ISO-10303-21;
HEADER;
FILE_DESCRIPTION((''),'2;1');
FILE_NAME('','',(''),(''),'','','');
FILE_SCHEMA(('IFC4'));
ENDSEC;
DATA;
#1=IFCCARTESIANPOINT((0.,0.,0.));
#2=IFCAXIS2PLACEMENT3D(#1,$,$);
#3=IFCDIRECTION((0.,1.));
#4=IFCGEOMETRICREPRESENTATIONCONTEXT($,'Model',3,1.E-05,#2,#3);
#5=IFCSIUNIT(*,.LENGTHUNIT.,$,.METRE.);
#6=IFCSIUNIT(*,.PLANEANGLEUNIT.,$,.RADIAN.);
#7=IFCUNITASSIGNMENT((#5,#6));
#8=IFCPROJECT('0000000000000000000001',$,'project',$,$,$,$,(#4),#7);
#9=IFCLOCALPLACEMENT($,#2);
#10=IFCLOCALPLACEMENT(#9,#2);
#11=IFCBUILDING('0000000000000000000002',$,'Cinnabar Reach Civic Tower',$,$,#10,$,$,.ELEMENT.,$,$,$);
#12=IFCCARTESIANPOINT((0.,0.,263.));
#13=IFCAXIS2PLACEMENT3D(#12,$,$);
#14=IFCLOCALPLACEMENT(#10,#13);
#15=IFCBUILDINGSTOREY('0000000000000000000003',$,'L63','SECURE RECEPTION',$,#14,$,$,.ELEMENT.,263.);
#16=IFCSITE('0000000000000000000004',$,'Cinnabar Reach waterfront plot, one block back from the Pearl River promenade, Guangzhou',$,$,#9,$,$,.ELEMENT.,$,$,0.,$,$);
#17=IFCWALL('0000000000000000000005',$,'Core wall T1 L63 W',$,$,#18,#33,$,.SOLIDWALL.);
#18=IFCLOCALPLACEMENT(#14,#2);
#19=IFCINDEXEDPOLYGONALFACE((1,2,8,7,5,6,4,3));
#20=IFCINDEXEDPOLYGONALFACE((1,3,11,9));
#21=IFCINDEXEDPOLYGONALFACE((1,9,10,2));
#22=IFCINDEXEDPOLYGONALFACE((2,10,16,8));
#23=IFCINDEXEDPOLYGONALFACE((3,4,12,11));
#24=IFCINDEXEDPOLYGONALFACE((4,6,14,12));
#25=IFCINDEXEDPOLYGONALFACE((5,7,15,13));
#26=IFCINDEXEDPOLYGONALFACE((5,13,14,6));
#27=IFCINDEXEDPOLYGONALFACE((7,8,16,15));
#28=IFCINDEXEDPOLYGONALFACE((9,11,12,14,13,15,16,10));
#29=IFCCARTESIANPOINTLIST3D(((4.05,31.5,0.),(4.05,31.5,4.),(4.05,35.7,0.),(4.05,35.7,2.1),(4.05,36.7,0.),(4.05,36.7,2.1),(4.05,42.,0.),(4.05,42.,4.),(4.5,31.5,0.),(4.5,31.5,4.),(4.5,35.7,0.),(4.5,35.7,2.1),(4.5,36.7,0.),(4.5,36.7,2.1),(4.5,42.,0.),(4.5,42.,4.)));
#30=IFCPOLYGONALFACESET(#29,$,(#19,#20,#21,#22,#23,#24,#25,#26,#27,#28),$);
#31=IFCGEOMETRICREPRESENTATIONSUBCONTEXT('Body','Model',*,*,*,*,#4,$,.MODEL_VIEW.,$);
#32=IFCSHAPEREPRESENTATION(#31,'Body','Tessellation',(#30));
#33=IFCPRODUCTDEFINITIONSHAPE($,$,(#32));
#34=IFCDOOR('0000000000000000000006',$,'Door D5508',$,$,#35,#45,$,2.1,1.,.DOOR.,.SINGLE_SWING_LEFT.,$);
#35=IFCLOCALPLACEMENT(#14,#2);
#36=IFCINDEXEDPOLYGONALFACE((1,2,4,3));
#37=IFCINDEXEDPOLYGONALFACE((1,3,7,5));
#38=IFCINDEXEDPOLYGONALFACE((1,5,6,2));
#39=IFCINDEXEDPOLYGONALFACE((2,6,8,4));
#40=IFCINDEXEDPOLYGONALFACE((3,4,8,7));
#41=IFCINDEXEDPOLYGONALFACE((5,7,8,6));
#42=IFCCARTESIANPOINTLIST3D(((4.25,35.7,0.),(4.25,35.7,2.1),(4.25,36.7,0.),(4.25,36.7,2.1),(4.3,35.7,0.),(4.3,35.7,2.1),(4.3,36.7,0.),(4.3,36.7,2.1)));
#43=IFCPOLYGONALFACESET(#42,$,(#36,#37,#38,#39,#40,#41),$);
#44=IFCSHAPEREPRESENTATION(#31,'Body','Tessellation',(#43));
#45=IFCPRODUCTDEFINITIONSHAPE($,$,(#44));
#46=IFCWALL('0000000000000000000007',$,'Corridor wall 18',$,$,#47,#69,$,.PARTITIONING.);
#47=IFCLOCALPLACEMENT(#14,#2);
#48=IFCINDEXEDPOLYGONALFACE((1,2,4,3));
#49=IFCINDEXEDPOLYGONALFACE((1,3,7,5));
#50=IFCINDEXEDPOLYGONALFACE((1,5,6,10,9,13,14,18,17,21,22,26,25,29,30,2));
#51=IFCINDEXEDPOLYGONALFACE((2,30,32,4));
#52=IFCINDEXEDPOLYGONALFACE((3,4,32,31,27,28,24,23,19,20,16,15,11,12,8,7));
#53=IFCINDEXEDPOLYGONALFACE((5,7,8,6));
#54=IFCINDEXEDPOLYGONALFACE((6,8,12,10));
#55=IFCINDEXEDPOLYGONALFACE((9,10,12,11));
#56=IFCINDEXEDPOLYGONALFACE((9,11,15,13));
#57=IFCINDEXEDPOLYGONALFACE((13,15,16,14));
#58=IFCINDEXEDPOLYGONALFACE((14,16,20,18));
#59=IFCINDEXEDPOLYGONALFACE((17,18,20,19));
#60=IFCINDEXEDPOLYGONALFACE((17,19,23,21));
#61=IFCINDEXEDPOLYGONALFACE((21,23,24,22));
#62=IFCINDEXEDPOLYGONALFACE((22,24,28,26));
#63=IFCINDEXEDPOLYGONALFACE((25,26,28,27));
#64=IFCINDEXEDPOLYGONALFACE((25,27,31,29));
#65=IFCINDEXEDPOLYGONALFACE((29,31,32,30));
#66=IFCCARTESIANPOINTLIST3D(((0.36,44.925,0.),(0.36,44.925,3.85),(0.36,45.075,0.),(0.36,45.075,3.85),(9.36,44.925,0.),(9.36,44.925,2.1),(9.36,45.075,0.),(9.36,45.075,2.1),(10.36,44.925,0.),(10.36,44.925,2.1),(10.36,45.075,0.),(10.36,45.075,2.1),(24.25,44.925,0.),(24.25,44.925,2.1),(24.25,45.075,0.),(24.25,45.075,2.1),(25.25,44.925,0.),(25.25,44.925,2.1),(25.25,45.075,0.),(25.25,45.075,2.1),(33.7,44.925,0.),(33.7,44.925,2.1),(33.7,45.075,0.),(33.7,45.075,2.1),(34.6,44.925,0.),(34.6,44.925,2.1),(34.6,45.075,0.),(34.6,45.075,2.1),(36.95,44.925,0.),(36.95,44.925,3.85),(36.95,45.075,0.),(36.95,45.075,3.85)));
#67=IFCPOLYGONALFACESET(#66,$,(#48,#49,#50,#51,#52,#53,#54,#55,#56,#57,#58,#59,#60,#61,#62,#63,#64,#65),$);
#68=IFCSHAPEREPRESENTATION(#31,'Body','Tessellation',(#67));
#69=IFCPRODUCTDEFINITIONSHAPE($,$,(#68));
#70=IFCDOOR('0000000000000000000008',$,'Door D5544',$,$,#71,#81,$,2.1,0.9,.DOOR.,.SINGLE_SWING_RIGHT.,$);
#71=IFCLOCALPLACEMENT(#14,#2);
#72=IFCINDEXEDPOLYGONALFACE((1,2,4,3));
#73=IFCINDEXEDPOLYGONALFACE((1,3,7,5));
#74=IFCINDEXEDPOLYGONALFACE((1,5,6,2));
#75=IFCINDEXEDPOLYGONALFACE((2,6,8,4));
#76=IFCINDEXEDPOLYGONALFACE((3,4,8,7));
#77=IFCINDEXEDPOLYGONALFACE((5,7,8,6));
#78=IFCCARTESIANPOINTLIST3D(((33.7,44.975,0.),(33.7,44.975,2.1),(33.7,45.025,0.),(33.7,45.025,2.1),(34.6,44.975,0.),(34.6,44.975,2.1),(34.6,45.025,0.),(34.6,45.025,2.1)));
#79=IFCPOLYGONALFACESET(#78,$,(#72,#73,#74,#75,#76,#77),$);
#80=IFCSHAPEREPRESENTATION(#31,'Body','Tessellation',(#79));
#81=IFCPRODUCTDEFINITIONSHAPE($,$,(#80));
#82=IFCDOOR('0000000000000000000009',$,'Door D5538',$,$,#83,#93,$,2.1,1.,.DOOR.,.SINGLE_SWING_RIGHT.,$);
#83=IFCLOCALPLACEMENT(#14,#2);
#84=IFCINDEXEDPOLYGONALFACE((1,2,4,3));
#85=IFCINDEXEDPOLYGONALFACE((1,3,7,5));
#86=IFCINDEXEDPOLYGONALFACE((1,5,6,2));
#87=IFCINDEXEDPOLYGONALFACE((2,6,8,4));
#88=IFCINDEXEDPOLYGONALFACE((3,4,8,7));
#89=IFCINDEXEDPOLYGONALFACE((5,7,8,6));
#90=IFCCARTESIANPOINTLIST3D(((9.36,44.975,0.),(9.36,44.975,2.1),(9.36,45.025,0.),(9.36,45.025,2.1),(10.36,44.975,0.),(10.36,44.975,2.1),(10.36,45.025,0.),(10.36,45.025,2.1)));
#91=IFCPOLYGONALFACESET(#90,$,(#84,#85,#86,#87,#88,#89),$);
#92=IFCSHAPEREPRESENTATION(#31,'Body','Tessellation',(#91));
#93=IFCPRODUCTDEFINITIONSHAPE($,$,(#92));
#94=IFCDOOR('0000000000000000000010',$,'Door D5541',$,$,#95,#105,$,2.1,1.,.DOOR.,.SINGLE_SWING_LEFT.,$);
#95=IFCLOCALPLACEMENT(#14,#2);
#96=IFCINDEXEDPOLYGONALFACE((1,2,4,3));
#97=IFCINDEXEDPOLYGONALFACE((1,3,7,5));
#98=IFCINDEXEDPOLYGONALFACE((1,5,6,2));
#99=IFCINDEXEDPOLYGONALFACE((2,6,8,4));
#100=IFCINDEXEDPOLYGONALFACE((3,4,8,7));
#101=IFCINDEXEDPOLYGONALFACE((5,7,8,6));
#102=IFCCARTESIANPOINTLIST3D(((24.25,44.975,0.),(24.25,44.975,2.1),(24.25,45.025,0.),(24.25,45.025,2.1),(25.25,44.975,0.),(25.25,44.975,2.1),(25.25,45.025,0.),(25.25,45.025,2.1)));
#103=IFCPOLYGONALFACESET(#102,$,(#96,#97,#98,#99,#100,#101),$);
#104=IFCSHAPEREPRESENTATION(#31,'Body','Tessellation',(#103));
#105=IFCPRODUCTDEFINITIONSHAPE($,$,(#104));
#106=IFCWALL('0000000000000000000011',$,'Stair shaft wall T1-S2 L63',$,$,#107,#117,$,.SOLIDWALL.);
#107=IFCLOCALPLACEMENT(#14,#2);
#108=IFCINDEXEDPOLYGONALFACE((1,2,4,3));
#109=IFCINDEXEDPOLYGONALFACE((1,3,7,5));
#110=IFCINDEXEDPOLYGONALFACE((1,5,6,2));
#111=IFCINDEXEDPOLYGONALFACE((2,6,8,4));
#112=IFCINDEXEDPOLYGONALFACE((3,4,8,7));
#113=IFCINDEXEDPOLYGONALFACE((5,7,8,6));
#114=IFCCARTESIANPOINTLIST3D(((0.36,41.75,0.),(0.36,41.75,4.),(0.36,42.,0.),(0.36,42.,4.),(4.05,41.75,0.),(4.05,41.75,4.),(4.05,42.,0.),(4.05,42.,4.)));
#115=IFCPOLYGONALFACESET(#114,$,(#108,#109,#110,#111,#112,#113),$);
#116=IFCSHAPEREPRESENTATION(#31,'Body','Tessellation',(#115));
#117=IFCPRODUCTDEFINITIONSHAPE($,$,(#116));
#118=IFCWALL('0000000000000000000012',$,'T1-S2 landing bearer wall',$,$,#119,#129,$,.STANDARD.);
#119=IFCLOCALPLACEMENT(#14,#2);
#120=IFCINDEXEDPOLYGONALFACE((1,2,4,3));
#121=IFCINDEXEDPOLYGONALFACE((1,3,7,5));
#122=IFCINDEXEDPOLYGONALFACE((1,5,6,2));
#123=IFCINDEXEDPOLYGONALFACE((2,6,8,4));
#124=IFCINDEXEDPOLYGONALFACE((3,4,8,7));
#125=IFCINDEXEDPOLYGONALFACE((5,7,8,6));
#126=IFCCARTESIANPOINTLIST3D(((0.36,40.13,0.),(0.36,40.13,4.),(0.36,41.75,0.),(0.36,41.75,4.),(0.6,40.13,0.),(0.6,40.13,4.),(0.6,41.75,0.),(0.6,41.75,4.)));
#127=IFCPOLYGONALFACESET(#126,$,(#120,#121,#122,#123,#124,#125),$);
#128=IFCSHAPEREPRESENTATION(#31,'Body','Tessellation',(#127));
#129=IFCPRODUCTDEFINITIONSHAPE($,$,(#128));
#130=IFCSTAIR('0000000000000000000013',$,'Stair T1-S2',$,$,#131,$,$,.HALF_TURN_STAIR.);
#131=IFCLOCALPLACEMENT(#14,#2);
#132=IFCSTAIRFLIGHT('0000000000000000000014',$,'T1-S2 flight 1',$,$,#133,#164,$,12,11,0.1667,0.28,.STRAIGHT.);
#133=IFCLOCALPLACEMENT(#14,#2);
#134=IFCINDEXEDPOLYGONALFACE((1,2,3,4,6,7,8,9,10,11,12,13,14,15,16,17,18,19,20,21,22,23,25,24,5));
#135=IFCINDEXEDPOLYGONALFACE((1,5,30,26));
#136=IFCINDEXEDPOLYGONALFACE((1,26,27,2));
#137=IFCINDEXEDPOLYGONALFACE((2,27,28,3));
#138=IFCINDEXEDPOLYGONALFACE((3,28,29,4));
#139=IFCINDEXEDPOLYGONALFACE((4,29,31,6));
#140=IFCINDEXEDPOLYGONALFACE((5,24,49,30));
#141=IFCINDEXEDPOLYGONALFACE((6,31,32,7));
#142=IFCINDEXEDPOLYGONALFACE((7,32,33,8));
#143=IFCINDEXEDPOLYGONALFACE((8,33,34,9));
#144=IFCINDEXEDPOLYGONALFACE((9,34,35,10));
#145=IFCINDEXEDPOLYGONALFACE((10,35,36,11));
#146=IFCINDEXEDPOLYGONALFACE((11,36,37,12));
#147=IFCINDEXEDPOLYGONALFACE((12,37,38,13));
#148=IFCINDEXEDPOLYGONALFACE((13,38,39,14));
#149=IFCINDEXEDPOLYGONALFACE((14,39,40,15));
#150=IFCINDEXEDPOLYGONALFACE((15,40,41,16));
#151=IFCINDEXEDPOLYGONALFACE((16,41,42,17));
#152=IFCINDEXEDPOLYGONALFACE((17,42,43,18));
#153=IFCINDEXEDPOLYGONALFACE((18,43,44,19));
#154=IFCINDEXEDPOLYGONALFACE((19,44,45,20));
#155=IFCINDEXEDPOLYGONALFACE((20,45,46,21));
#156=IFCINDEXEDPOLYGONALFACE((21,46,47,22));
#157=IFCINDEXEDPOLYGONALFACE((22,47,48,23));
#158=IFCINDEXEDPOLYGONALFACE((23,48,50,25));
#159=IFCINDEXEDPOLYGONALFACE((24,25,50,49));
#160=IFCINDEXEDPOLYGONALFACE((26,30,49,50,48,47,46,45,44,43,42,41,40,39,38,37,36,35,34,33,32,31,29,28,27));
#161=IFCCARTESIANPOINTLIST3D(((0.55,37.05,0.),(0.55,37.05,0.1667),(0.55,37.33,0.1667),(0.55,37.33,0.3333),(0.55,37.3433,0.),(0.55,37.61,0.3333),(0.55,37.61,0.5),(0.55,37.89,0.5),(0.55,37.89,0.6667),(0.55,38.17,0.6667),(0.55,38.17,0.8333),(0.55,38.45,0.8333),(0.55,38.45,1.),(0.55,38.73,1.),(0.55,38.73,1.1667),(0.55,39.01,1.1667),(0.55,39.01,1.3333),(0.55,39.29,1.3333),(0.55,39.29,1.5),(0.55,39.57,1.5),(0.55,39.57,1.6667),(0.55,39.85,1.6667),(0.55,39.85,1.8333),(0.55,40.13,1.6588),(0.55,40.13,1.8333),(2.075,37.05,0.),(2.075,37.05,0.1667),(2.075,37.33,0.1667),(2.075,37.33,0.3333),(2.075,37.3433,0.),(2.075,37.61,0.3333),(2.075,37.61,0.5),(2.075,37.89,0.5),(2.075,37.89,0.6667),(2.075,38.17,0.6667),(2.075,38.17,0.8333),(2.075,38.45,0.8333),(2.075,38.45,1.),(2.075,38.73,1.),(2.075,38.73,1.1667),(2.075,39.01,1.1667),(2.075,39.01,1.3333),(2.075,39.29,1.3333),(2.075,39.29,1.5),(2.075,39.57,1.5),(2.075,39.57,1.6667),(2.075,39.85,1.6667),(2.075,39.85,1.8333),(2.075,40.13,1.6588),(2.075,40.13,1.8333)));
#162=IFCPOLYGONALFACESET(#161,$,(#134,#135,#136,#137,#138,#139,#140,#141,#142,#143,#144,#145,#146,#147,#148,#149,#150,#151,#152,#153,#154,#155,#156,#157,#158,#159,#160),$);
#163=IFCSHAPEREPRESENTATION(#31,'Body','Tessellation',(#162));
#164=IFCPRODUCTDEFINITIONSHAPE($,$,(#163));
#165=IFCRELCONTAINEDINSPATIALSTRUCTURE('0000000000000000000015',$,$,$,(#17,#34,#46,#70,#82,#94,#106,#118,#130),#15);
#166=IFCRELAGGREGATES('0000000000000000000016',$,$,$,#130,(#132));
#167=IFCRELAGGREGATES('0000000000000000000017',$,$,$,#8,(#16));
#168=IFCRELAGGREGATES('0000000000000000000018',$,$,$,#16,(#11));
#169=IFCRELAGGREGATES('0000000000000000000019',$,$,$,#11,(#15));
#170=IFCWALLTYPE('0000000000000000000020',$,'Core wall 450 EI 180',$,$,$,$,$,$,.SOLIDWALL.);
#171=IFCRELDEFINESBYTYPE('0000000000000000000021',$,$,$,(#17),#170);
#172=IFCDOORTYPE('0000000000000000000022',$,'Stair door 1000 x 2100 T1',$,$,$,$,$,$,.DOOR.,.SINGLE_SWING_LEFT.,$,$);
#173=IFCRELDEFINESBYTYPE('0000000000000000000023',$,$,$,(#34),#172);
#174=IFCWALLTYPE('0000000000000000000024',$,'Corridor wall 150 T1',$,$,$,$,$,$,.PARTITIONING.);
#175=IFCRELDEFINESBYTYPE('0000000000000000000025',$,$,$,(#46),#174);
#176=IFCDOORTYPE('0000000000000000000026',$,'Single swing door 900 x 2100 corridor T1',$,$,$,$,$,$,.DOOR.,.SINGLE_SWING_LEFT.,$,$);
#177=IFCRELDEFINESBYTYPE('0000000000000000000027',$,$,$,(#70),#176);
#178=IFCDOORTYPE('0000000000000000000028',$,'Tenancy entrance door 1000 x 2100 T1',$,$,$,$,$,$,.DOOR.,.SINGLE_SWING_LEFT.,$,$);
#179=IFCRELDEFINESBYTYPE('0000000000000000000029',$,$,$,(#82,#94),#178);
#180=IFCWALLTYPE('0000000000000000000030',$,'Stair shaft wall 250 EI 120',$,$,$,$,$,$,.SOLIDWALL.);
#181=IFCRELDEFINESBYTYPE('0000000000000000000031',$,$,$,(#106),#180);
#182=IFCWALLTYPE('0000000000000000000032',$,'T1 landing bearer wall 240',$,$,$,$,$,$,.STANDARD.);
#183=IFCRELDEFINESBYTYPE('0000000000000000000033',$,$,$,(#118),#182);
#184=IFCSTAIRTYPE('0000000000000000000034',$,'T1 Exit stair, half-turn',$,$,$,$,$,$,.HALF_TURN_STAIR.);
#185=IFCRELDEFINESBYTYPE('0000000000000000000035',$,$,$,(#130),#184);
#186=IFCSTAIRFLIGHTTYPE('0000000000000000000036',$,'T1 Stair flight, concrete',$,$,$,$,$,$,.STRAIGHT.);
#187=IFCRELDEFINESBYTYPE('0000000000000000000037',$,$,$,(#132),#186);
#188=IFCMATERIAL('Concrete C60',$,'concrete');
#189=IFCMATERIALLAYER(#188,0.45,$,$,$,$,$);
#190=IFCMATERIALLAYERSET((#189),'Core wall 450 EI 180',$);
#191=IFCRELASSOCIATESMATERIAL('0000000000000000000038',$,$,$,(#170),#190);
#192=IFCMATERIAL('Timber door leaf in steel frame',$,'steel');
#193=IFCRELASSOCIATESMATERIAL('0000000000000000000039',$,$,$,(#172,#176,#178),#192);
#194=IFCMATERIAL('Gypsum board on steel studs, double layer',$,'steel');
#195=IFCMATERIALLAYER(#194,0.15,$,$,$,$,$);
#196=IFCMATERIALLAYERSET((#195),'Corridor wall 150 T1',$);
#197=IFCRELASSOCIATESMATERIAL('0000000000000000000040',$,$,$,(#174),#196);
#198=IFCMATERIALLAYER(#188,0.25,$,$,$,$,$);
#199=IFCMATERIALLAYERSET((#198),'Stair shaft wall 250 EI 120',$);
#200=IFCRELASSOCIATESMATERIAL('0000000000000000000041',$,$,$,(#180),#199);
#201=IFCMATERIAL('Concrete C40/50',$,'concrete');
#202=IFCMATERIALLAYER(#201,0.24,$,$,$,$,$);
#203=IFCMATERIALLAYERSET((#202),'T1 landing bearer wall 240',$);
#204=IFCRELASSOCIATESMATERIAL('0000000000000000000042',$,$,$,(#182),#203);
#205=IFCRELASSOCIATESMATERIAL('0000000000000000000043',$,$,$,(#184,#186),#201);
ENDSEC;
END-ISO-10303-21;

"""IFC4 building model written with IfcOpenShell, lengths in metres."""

from ifc_helpers import new_model, si_unit, direction, frame, frame_2d, origin, place, context, subcontext, project, spatial, polyline, rectangle, outline, extrude, material, layer, layer_set, type_object, element, fill, aggregate, save


model = new_model("IFC4")

# Units and contexts
model_context = context("Model", 3, precision=1e-05, world=origin(), true_north=direction((0.0, 1.0)))
body_context = subcontext(model_context, "Body", "Model", "MODEL_VIEW")
ifc_project = project(units=[si_unit("LENGTHUNIT", "METRE"), si_unit("PLANEANGLEUNIT", "RADIAN")], contexts=[model_context])

# Site, building, storey
site_placement = place(None, origin())
site = spatial("IfcSite", under=ifc_project, at=site_placement, Name="Cinnabar Reach waterfront plot, one block back from the Pearl River promenade, Guangzhou", CompositionType="ELEMENT", RefElevation=0.0)
building_placement = place(site_placement, origin())
building = spatial("IfcBuilding", under=site, at=building_placement, Name="Cinnabar Reach Civic Tower", CompositionType="ELEMENT")
storey_placement = place(building_placement, frame((0.0, 0.0, 263.0)))
storey = spatial("IfcBuildingStorey", under=building, at=storey_placement, Name="L63", Description="SECURE RECEPTION", CompositionType="ELEMENT", Elevation=263.0)

# Shared definitions
ifc_material_1 = material(Name="Concrete C60", Category="concrete")

# Wall, opening, door
ifc_layer_1 = layer(ifc_material_1, 0.45)
ifc_layer_set_1 = layer_set([ifc_layer_1], Name="Core wall 450 EI 180")
wall_type_1 = type_object("IfcWallType", Name="Core wall 450 EI 180", PredefinedType="SOLIDWALL", material=ifc_layer_set_1)
wall_1_placement = place(storey_placement, frame((4.275, 42.0, 0.0), z_axis=(0.0, 0.0, 1.0), x_axis=(0.0, -1.0, 0.0)))
wall_1 = element("IfcWall", 1, at=wall_1_placement, inside=storey, type_object=wall_type_1, Name="Core wall T1 L63 W", PredefinedType="SOLIDWALL", context=body_context, shape_type="SweptSolid", body=[
    extrude(rectangle(XDim=10.5, YDim=0.45, at=frame_2d((5.25, 0.0))), origin(), (0.0, 0.0, 1.0), 4.0),
])
opening_1_placement = place(wall_1_placement, frame((5.3, 0.0, 0.0)))
opening_1 = element("IfcOpeningElement", 2, at=opening_1_placement, cuts=wall_1, PredefinedType="OPENING", context=body_context, shape_type="SweptSolid", body=[
    extrude(rectangle(XDim=1.0, YDim=2.1, at=frame_2d((0.5, 1.05))), frame((0.0, 0.235, 0.0), z_axis=(0.0, -1.0, 0.0), x_axis=(1.0, 0.0, 0.0)), (0.0, 0.0, 1.0), 0.47),
])
ifc_material_2 = material(Name="Timber door leaf in steel frame", Category="steel")
door_type_1 = type_object("IfcDoorType", Name="Stair door 1000 x 2100 T1", OperationType="SINGLE_SWING_LEFT", PredefinedType="DOOR", material=ifc_material_2)
door_1_placement = place(opening_1_placement, frame((1.0, 0.0, 0.0), z_axis=(0.0, 0.0, 1.0), x_axis=(-1.0, 0.0, 0.0)))
door_1 = element("IfcDoor", 3, at=door_1_placement, inside=storey, type_object=door_type_1, Name="Door D5508", OperationType="SINGLE_SWING_LEFT", OverallHeight=2.1, OverallWidth=1.0, PredefinedType="DOOR", context=body_context, shape_type="SweptSolid", body=[
    extrude(rectangle(XDim=1.0, YDim=2.1, at=frame_2d((0.5, 1.05))), frame((0.0, 0.025, 0.0), z_axis=(0.0, -1.0, 0.0), x_axis=(1.0, 0.0, 0.0)), (0.0, 0.0, 1.0), 0.05),
])
fill(opening_1, door_1)

# Wall, openings, doors
ifc_material_3 = material(Name="Gypsum board on steel studs, double layer", Category="steel")
ifc_layer_2 = layer(ifc_material_3, 0.15)
ifc_layer_set_2 = layer_set([ifc_layer_2], Name="Corridor wall 150 T1")
wall_type_2 = type_object("IfcWallType", Name="Corridor wall 150 T1", PredefinedType="PARTITIONING", material=ifc_layer_set_2)
wall_2_placement = place(storey_placement, frame((0.36, 45.0, 0.0), z_axis=(0.0, 0.0, 1.0), x_axis=(1.0, 0.0, 0.0)))
wall_2 = element("IfcWall", 4, at=wall_2_placement, inside=storey, type_object=wall_type_2, Name="Corridor wall 18", PredefinedType="PARTITIONING", context=body_context, shape_type="SweptSolid", body=[
    extrude(rectangle(XDim=36.59, YDim=0.15, at=frame_2d((18.295, 0.0))), origin(), (0.0, 0.0, 1.0), 3.85),
])
opening_2_placement = place(wall_2_placement, frame((9.0, 0.0, 0.0)))
opening_2 = element("IfcOpeningElement", 5, at=opening_2_placement, cuts=wall_2, PredefinedType="OPENING", context=body_context, shape_type="SweptSolid", body=[
    extrude(rectangle(XDim=1.0, YDim=2.1, at=frame_2d((0.5, 1.05))), frame((0.0, 0.085, 0.0), z_axis=(0.0, -1.0, 0.0), x_axis=(1.0, 0.0, 0.0)), (0.0, 0.0, 1.0), 0.17),
])
opening_3_placement = place(wall_2_placement, frame((23.89, 0.0, 0.0)))
opening_3 = element("IfcOpeningElement", 6, at=opening_3_placement, cuts=wall_2, PredefinedType="OPENING", context=body_context, shape_type="SweptSolid", body=[
    extrude(rectangle(XDim=1.0, YDim=2.1, at=frame_2d((0.5, 1.05))), frame((0.0, 0.085, 0.0), z_axis=(0.0, -1.0, 0.0), x_axis=(1.0, 0.0, 0.0)), (0.0, 0.0, 1.0), 0.17),
])
opening_4_placement = place(wall_2_placement, frame((33.34, 0.0, 0.0)))
opening_4 = element("IfcOpeningElement", 7, at=opening_4_placement, cuts=wall_2, PredefinedType="OPENING", context=body_context, shape_type="SweptSolid", body=[
    extrude(rectangle(XDim=0.9, YDim=2.1, at=frame_2d((0.45, 1.05))), frame((0.0, 0.085, 0.0), z_axis=(0.0, -1.0, 0.0), x_axis=(1.0, 0.0, 0.0)), (0.0, 0.0, 1.0), 0.17),
])
door_type_2 = type_object("IfcDoorType", Name="Single swing door 900 x 2100 corridor T1", OperationType="SINGLE_SWING_LEFT", PredefinedType="DOOR", material=ifc_material_2)
door_2_placement = place(opening_4_placement, origin())
door_2 = element("IfcDoor", 8, at=door_2_placement, inside=storey, type_object=door_type_2, Name="Door D5544", OperationType="SINGLE_SWING_RIGHT", OverallHeight=2.1, OverallWidth=0.9, PredefinedType="DOOR", context=body_context, shape_type="SweptSolid", body=[
    extrude(rectangle(XDim=0.9, YDim=2.1, at=frame_2d((0.45, 1.05))), frame((0.0, 0.025, 0.0), z_axis=(0.0, -1.0, 0.0), x_axis=(1.0, 0.0, 0.0)), (0.0, 0.0, 1.0), 0.05),
])
fill(opening_4, door_2)
door_type_3 = type_object("IfcDoorType", Name="Tenancy entrance door 1000 x 2100 T1", OperationType="SINGLE_SWING_LEFT", PredefinedType="DOOR", material=ifc_material_2)
door_3_placement = place(opening_2_placement, origin())
door_3 = element("IfcDoor", 9, at=door_3_placement, inside=storey, type_object=door_type_3, Name="Door D5538", OperationType="SINGLE_SWING_RIGHT", OverallHeight=2.1, OverallWidth=1.0, PredefinedType="DOOR", context=body_context, shape_type="SweptSolid", body=[
    extrude(rectangle(XDim=1.0, YDim=2.1, at=frame_2d((0.5, 1.05))), frame((0.0, 0.025, 0.0), z_axis=(0.0, -1.0, 0.0), x_axis=(1.0, 0.0, 0.0)), (0.0, 0.0, 1.0), 0.05),
])
fill(opening_2, door_3)
door_4_placement = place(opening_3_placement, origin())
door_4 = element("IfcDoor", 10, at=door_4_placement, inside=storey, type_object=door_type_3, Name="Door D5541", OperationType="SINGLE_SWING_LEFT", OverallHeight=2.1, OverallWidth=1.0, PredefinedType="DOOR", context=body_context, shape_type="SweptSolid", body=[
    extrude(rectangle(XDim=1.0, YDim=2.1, at=frame_2d((0.5, 1.05))), frame((0.0, 0.025, 0.0), z_axis=(0.0, -1.0, 0.0), x_axis=(1.0, 0.0, 0.0)), (0.0, 0.0, 1.0), 0.05),
])
fill(opening_3, door_4)

# Walls
ifc_layer_3 = layer(ifc_material_1, 0.25)
ifc_layer_set_3 = layer_set([ifc_layer_3], Name="Stair shaft wall 250 EI 120")
wall_type_3 = type_object("IfcWallType", Name="Stair shaft wall 250 EI 120", PredefinedType="SOLIDWALL", material=ifc_layer_set_3)
wall_3_placement = place(storey_placement, frame((4.05, 41.875, 0.0), z_axis=(0.0, 0.0, 1.0), x_axis=(-1.0, 0.0, 0.0)))
element("IfcWall", 11, at=wall_3_placement, inside=storey, type_object=wall_type_3, Name="Stair shaft wall T1-S2 L63", PredefinedType="SOLIDWALL", context=body_context, shape_type="SweptSolid", body=[
    extrude(rectangle(XDim=3.69, YDim=0.25, at=frame_2d((1.845, 0.0))), origin(), (0.0, 0.0, 1.0), 4.0),
])
ifc_material_4 = material(Name="Concrete C40/50", Category="concrete")
ifc_layer_4 = layer(ifc_material_4, 0.24)
ifc_layer_set_4 = layer_set([ifc_layer_4], Name="T1 landing bearer wall 240")
wall_type_4 = type_object("IfcWallType", Name="T1 landing bearer wall 240", PredefinedType="STANDARD", material=ifc_layer_set_4)
wall_4_placement = place(storey_placement, frame((0.48, 40.13, 0.0), z_axis=(0.0, 0.0, 1.0), x_axis=(0.0, 1.0, 0.0)))
element("IfcWall", 12, at=wall_4_placement, inside=storey, type_object=wall_type_4, Name="T1-S2 landing bearer wall", PredefinedType="STANDARD", context=body_context, shape_type="SweptSolid", body=[
    extrude(rectangle(XDim=1.62, YDim=0.24, at=frame_2d((0.81, 0.0))), origin(), (0.0, 0.0, 1.0), 4.0),
])

# Stair, stair flight
stair_type = type_object("IfcStairType", Name="T1 Exit stair, half-turn", PredefinedType="HALF_TURN_STAIR", material=ifc_material_4)
stair_placement = place(storey_placement, origin())
stair = element("IfcStair", 13, at=stair_placement, inside=storey, type_object=stair_type, Name="Stair T1-S2", PredefinedType="HALF_TURN_STAIR")
stair_flight_type = type_object("IfcStairFlightType", Name="T1 Stair flight, concrete", PredefinedType="STRAIGHT", material=ifc_material_4)
stair_flight_1_placement = place(storey_placement, frame((1.3125, 37.05, 0.0), z_axis=(0.0, 0.0, 1.0), x_axis=(0.0, 1.0, 0.0)))
stair_flight_1 = element("IfcStairFlight", 14, at=stair_flight_1_placement, type_object=stair_flight_type, Name="T1-S2 flight 1", NumberOfRisers=12, NumberOfTreads=11, PredefinedType="STRAIGHT", RiserHeight=0.1667, TreadLength=0.28, context=body_context, shape_type="SweptSolid", body=[
    extrude(outline(polyline([(0.0, 0.0), (0.0, 0.1667), (0.28, 0.1667), (0.28, 0.3333), (0.56, 0.3333), (0.56, 0.5), (0.84, 0.5), (0.84, 0.6667), (1.12, 0.6667), (1.12, 0.8333), (1.4, 0.8333), (1.4, 1.0), (1.68, 1.0), (1.68, 1.1667), (1.96, 1.1667), (1.96, 1.3333), (2.24, 1.3333), (2.24, 1.5), (2.52, 1.5), (2.52, 1.6667), (2.8, 1.6667), (2.8, 1.8333), (3.08, 1.8333), (3.08, 2.0), (3.08, 1.6588), (0.2933, 0.0), (0.0, 0.0)])), frame((0.0, 0.7625, 0.0), z_axis=(0.0, -1.0, 0.0), x_axis=(1.0, 0.0, 0.0)), (0.0, 0.0, 1.0), 1.525),
])
aggregate(stair, [stair_flight_1])

save(model, "model.ifc")
